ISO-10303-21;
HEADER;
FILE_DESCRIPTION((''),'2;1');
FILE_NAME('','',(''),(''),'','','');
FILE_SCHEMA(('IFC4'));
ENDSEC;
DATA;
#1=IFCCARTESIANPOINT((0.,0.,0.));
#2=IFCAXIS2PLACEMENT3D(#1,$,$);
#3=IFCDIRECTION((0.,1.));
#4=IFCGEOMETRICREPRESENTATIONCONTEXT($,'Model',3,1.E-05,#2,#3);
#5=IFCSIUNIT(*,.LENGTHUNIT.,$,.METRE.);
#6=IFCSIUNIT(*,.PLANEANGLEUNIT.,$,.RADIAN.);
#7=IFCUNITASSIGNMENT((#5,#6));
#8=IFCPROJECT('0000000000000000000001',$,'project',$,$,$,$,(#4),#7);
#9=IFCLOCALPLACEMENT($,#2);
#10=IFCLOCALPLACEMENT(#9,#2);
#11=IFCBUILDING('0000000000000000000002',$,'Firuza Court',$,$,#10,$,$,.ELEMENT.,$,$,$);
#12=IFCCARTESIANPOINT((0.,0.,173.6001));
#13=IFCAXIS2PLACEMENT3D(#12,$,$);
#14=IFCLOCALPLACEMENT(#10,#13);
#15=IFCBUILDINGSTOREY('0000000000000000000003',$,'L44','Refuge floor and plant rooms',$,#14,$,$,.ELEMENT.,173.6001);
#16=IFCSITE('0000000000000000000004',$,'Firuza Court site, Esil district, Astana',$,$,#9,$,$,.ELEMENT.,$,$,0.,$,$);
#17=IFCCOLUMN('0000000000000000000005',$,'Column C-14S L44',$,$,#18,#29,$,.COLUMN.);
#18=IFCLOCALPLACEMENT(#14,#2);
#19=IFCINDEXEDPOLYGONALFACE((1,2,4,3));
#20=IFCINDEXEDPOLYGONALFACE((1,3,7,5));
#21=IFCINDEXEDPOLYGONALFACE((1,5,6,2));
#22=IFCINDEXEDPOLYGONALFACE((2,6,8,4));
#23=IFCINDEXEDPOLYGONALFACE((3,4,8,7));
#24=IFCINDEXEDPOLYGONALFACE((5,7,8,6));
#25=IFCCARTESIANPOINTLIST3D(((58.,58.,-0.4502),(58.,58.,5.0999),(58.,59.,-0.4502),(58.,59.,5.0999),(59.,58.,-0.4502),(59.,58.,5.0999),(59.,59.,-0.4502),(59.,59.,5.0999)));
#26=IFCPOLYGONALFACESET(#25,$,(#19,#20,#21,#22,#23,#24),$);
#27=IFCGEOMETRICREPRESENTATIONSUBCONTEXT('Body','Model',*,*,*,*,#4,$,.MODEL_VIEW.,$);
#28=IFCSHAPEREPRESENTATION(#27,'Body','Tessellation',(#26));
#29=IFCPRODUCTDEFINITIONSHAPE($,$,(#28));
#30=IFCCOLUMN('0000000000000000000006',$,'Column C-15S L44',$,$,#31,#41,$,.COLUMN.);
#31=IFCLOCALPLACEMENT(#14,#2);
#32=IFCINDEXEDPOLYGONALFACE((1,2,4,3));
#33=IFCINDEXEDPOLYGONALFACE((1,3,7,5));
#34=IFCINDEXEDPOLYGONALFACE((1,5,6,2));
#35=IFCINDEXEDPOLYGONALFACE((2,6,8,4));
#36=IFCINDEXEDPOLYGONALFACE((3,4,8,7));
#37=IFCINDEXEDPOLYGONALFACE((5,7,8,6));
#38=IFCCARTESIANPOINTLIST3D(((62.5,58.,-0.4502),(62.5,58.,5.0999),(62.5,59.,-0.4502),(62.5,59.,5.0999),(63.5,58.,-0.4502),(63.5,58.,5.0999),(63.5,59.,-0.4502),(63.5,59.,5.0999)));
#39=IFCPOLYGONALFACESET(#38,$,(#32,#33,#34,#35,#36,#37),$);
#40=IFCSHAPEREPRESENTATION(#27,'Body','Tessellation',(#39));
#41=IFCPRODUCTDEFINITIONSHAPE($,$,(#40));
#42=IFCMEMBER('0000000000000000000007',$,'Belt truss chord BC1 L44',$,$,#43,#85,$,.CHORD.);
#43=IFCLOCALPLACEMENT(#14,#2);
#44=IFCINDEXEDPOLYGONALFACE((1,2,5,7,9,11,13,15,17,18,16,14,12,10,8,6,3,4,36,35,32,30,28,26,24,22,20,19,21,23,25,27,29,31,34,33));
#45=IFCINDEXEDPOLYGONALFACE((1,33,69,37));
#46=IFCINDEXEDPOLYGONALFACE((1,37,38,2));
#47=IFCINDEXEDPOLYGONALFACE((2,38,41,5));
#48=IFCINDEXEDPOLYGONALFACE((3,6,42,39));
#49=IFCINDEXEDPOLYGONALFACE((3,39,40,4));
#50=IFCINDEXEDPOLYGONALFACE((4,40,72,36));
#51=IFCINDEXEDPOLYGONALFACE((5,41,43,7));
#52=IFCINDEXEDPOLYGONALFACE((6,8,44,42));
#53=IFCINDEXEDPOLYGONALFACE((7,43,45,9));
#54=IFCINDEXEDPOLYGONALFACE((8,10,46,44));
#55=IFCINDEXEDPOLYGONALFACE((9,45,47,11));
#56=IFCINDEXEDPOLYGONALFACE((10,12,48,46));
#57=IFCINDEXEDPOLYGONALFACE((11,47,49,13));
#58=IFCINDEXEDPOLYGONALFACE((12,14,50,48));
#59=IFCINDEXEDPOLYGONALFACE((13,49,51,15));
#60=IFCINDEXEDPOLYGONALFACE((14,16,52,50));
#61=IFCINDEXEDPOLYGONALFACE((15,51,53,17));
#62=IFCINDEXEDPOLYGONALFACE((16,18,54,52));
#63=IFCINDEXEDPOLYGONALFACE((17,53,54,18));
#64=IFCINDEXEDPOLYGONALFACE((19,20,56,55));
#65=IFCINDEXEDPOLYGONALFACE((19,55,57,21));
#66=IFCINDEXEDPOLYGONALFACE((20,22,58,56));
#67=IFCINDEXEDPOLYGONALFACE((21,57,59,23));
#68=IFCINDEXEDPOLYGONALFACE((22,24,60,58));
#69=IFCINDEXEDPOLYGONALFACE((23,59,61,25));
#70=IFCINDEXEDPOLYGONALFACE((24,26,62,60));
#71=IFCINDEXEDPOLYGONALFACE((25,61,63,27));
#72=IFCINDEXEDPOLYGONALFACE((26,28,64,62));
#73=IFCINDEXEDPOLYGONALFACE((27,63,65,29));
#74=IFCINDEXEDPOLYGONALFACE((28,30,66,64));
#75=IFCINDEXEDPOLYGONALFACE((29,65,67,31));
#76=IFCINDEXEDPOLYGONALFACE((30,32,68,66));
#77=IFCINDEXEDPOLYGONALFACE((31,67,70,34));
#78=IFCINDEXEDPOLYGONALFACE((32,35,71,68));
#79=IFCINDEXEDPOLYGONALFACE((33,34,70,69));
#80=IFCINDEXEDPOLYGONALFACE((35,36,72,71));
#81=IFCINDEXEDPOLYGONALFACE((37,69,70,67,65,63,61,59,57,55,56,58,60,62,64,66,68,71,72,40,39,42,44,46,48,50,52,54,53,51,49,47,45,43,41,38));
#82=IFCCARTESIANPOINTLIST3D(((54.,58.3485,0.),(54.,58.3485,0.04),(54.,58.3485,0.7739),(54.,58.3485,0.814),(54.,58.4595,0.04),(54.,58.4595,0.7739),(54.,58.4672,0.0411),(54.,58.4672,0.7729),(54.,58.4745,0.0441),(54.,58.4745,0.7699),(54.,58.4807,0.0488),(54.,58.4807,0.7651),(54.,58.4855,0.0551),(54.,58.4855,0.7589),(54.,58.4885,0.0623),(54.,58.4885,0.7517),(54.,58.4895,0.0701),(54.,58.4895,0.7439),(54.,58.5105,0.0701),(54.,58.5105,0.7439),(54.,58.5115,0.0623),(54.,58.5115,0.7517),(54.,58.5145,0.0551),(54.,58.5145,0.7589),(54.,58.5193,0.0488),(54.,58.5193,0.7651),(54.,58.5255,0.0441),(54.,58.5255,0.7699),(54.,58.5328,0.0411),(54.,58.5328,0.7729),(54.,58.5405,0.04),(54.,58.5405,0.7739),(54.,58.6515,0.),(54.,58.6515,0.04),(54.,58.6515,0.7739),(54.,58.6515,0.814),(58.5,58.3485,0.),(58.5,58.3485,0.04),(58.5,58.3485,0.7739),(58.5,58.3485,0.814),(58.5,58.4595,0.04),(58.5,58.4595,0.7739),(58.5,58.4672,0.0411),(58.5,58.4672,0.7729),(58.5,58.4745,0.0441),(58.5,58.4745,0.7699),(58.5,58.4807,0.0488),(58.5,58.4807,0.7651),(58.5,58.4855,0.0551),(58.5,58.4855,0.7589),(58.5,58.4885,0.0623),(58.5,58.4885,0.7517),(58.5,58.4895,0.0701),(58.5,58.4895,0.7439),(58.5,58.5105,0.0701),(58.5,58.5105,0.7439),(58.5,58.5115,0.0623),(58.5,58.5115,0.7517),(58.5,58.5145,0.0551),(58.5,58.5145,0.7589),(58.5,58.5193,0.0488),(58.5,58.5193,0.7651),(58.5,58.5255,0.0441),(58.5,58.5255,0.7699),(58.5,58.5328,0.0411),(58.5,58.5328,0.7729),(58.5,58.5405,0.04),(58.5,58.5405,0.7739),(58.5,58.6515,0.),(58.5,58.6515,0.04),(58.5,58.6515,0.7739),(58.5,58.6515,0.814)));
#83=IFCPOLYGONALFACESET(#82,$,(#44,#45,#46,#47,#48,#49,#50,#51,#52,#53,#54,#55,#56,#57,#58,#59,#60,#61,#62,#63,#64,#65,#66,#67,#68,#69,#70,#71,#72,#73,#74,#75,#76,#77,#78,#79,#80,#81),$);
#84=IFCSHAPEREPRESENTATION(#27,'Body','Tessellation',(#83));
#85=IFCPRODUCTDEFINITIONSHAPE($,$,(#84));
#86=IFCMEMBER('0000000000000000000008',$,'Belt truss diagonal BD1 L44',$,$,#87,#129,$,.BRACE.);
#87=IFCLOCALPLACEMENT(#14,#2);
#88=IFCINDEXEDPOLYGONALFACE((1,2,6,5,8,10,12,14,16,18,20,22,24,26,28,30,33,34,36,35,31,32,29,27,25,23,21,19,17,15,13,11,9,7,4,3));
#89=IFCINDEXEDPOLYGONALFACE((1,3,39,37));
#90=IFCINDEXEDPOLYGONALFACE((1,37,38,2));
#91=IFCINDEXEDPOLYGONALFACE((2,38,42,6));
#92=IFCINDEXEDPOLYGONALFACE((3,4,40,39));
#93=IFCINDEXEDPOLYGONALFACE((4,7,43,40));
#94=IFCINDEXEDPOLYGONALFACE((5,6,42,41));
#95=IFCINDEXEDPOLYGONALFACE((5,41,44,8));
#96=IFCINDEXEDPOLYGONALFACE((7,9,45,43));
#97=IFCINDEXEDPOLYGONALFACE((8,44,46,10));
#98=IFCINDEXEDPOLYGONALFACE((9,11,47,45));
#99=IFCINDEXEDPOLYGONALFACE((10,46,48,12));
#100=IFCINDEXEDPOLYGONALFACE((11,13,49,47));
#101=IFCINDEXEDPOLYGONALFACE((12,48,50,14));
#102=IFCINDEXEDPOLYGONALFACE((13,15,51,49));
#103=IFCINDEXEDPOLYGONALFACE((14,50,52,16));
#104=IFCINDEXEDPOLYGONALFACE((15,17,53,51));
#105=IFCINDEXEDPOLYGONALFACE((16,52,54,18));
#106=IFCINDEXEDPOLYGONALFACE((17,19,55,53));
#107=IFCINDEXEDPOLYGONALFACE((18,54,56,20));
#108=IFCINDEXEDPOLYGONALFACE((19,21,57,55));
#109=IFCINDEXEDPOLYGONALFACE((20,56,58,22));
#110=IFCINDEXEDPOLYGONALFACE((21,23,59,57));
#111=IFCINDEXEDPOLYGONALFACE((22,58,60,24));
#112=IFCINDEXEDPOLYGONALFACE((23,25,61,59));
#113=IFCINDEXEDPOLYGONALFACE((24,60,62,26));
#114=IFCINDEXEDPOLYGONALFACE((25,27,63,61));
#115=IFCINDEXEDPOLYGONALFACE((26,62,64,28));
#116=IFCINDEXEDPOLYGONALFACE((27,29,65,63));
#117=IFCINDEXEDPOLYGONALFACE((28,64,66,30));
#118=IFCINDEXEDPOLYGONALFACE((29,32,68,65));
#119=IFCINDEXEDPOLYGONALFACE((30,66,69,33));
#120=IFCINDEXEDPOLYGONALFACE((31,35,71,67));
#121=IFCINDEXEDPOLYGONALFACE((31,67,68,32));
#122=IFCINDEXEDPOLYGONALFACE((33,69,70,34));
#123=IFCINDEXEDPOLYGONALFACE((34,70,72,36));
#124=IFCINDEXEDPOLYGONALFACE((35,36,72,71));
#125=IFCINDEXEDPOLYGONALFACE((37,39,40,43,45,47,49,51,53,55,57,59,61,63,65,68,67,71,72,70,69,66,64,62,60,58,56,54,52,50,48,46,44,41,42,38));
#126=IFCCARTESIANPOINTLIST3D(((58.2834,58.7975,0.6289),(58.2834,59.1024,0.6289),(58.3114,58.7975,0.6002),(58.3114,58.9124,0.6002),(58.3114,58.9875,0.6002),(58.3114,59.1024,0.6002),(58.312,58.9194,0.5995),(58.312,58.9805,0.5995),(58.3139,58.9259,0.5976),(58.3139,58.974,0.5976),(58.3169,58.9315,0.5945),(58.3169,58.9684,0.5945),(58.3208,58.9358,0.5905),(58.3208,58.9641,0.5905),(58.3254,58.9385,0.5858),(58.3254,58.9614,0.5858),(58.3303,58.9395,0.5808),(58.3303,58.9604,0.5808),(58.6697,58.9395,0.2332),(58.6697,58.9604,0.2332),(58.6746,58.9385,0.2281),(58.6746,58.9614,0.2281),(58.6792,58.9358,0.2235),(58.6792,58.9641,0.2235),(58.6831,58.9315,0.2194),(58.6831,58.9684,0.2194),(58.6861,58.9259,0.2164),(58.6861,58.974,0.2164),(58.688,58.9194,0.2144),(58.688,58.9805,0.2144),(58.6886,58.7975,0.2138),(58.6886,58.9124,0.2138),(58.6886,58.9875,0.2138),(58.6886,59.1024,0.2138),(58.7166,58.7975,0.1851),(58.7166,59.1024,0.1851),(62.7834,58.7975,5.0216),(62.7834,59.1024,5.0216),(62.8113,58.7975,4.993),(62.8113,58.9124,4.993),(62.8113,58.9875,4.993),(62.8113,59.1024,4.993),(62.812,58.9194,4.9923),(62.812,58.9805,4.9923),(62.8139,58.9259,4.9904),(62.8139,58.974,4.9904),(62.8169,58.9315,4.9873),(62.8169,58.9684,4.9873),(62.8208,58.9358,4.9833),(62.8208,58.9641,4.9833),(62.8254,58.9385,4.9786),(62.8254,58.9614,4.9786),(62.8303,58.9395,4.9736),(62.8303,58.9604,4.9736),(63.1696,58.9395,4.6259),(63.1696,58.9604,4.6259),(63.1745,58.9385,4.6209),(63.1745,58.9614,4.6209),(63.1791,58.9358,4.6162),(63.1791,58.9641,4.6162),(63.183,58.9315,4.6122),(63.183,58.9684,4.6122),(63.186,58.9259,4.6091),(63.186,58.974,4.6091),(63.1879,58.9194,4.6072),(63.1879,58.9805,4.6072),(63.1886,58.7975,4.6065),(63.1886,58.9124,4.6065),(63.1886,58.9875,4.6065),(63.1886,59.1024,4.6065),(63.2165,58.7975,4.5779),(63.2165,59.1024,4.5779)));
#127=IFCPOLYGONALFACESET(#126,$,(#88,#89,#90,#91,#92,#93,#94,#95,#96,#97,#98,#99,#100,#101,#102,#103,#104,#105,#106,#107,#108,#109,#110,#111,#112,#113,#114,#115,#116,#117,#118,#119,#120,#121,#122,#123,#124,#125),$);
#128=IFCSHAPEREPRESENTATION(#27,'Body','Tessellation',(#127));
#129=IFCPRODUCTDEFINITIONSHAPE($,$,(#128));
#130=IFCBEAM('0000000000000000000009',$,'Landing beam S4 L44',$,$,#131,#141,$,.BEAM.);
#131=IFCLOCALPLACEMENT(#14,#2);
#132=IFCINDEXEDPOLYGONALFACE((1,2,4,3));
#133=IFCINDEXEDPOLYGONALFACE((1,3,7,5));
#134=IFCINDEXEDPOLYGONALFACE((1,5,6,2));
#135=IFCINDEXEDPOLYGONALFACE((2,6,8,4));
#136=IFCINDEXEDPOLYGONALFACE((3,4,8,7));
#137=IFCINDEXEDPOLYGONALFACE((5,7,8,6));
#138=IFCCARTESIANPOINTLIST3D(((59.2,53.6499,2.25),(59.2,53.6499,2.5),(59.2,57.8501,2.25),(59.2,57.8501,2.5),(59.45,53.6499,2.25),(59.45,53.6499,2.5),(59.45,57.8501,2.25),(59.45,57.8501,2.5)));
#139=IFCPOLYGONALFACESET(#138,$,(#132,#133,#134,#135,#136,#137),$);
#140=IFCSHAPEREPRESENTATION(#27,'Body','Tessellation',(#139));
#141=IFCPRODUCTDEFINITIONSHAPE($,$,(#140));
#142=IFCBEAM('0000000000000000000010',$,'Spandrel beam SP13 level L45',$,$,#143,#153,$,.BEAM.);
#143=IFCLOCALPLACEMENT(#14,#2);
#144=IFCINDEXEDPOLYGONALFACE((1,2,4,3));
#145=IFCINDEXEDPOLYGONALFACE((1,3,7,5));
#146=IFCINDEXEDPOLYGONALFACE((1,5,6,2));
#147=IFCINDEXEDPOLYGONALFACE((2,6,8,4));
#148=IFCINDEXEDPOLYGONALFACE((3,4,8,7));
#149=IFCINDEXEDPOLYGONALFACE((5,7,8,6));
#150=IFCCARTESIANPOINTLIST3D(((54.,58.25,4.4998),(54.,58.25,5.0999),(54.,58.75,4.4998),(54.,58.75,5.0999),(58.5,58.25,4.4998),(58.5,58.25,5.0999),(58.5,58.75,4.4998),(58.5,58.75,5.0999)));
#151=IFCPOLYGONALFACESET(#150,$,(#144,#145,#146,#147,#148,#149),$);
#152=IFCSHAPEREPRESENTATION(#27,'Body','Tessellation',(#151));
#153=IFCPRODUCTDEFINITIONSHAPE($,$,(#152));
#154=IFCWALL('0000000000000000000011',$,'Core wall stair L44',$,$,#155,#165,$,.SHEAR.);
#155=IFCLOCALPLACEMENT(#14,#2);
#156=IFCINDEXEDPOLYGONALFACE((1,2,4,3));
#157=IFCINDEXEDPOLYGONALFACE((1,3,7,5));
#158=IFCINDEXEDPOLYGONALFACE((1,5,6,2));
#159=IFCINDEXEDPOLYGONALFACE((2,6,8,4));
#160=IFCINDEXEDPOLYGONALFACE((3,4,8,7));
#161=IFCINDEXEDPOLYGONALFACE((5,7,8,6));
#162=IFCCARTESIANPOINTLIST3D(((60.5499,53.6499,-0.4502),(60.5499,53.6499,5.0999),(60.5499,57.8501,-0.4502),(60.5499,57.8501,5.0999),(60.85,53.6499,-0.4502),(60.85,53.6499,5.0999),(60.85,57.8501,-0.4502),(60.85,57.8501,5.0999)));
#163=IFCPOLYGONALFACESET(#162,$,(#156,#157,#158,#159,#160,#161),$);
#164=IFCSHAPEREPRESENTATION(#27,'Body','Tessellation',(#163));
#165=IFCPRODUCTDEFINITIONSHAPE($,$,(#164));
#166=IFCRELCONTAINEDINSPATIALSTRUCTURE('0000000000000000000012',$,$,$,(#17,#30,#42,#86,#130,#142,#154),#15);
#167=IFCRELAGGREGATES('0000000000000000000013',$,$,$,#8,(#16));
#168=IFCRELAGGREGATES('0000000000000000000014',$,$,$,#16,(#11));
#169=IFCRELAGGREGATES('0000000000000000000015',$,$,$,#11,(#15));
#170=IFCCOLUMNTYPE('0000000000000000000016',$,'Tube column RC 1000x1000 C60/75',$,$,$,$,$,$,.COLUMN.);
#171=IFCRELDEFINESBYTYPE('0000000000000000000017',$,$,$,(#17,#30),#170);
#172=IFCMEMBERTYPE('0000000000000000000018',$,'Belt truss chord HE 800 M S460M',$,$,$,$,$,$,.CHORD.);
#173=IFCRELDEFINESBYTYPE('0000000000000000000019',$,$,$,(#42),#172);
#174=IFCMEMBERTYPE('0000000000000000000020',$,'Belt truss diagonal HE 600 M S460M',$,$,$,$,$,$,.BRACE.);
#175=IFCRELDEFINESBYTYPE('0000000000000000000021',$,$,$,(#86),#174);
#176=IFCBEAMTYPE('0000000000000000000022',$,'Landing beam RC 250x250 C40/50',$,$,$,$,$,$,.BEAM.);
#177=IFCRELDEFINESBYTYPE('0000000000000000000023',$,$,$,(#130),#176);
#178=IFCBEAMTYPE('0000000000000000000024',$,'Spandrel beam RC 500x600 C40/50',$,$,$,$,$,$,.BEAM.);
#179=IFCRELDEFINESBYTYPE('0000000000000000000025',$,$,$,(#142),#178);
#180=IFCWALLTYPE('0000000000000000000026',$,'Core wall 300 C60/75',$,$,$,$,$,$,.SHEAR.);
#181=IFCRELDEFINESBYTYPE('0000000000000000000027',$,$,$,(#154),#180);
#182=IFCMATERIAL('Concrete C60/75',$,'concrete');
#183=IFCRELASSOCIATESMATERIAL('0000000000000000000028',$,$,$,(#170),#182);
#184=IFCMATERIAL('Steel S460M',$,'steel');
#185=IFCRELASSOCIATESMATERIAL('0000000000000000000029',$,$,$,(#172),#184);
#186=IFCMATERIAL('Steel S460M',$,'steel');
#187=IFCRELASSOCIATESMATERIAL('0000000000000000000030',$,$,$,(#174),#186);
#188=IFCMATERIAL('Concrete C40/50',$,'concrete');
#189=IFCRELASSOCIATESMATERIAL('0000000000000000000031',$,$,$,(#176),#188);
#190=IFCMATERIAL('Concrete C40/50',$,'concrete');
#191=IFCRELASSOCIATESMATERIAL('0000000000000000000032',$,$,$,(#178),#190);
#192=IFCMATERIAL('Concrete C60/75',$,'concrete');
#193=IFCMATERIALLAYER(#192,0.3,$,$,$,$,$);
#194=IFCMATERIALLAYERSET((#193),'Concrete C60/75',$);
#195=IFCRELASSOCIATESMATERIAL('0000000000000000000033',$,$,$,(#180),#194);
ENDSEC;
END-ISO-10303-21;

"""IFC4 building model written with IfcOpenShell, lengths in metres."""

from ifc_helpers import new_model, si_unit, direction, frame, frame_2d, origin, origin_2d, place, context, subcontext, project, spatial, rectangle, i_section, extrude, material, layer, layer_set, material_profile, profile_set, type_object, element, save


model = new_model("IFC4")

# Units and contexts
model_context = context("Model", 3, precision=1e-05, world=origin(), true_north=direction((0.0, 1.0)))
body_context = subcontext(model_context, "Body", "Model", "MODEL_VIEW")
ifc_project = project(units=[si_unit("LENGTHUNIT", "METRE"), si_unit("PLANEANGLEUNIT", "RADIAN")], contexts=[model_context])

# Site, building, storey
site_placement = place(None, origin())
site = spatial("IfcSite", under=ifc_project, at=site_placement, Name="Firuza Court site, Esil district, Astana", CompositionType="ELEMENT", RefElevation=0.0)
building_placement = place(site_placement, origin())
building = spatial("IfcBuilding", under=site, at=building_placement, Name="Firuza Court", CompositionType="ELEMENT")
storey_placement = place(building_placement, frame((0.0, 0.0, 173.6001)))
storey = spatial("IfcBuildingStorey", under=building, at=storey_placement, Name="L44", Description="Refuge floor and plant rooms", CompositionType="ELEMENT", Elevation=173.6001)

# Columns
ifc_material_1 = material(Name="Concrete C60/75", Category="concrete")
ifc_material_profile_1 = material_profile(ifc_material_1, rectangle(XDim=1.0, YDim=1.0, at=origin_2d()), Name="RC 1000x1000")
ifc_profile_set_1 = profile_set([ifc_material_profile_1], Name="Concrete C60/75")
column_type = type_object("IfcColumnType", Name="Tube column RC 1000x1000 C60/75", PredefinedType="COLUMN", material=ifc_profile_set_1)
for number, where, z_axis, x_axis, name in (
    (1, (58.5, 58.5, -0.4502), (0.0, 0.0, 1.0), (1.0, 0.0, 0.0), "Column C-14S L44"),
    (2, (63.0, 58.5, -0.4502), (0.0, 0.0, 1.0), (1.0, 0.0, 0.0), "Column C-15S L44"),
):
    element("IfcColumn", number, at=place(storey_placement, frame(where, z_axis=z_axis, x_axis=x_axis)), inside=storey, type_object=column_type, Name=name, PredefinedType="COLUMN", context=body_context, shape_type="SweptSolid", body=[
        extrude(rectangle(XDim=1.0, YDim=1.0, at=origin_2d()), origin(), (0.0, 0.0, 1.0), 5.55),
    ])

# Members
ifc_material_2 = material(Name="Steel S460M", Category="steel")
ifc_material_profile_2 = material_profile(ifc_material_2, i_section(OverallWidth=0.303, OverallDepth=0.814, WebThickness=0.021, FlangeThickness=0.04, FilletRadius=0.03, at=origin_2d()), Name="HE 800 M")
ifc_profile_set_2 = profile_set([ifc_material_profile_2], Name="Steel S460M")
member_type_1 = type_object("IfcMemberType", Name="Belt truss chord HE 800 M S460M", PredefinedType="CHORD", material=ifc_profile_set_2)
member_1_placement = place(storey_placement, frame((58.5, 58.5, 0.407), z_axis=(-1.0, 0.0, 0.0), x_axis=(0.0, -1.0, 0.0)))
element("IfcMember", 3, at=member_1_placement, inside=storey, type_object=member_type_1, Name="Belt truss chord BC1 L44", PredefinedType="CHORD", context=body_context, shape_type="SweptSolid", body=[
    extrude(i_section(OverallWidth=0.303, OverallDepth=0.814, WebThickness=0.021, FlangeThickness=0.04, FilletRadius=0.03, at=origin_2d()), origin(), (0.0, 0.0, 1.0), 4.5),
])
ifc_material_3 = material(Name="Steel S460M", Category="steel")
ifc_material_profile_3 = material_profile(ifc_material_3, i_section(OverallWidth=0.3049, OverallDepth=0.6201, WebThickness=0.021, FlangeThickness=0.04, FilletRadius=0.0271, at=origin_2d()), Name="HE 600 M")
ifc_profile_set_3 = profile_set([ifc_material_profile_3], Name="Steel S460M")
member_type_2 = type_object("IfcMemberType", Name="Belt truss diagonal HE 600 M S460M", PredefinedType="BRACE", material=ifc_profile_set_3)
member_2_placement = place(storey_placement, frame((58.5, 58.95, 0.407), z_axis=(0.715577, 0.0, 0.698534), x_axis=(0.0, 1.0, 0.0)))
element("IfcMember", 4, at=member_2_placement, inside=storey, type_object=member_type_2, Name="Belt truss diagonal BD1 L44", PredefinedType="BRACE", context=body_context, shape_type="SweptSolid", body=[
    extrude(i_section(OverallWidth=0.3049, OverallDepth=0.6201, WebThickness=0.021, FlangeThickness=0.04, FilletRadius=0.0271, at=origin_2d()), origin(), (0.0, 0.0, 1.0), 6.2886),
])

# Beams
ifc_material_4 = material(Name="Concrete C40/50", Category="concrete")
ifc_material_profile_4 = material_profile(ifc_material_4, rectangle(XDim=0.25, YDim=0.25, at=origin_2d()), Name="RC 250x250")
ifc_profile_set_4 = profile_set([ifc_material_profile_4], Name="Concrete C40/50")
beam_type_1 = type_object("IfcBeamType", Name="Landing beam RC 250x250 C40/50", PredefinedType="BEAM", material=ifc_profile_set_4)
beam_1_placement = place(storey_placement, frame((59.325, 53.6499, 2.375), z_axis=(0.0, 1.0, 0.0), x_axis=(-1.0, 0.0, 0.0)))
element("IfcBeam", 5, at=beam_1_placement, inside=storey, type_object=beam_type_1, Name="Landing beam S4 L44", PredefinedType="BEAM", context=body_context, shape_type="SweptSolid", body=[
    extrude(rectangle(XDim=0.25, YDim=0.25, at=origin_2d()), origin(), (0.0, 0.0, 1.0), 4.2002),
])
ifc_material_5 = material(Name="Concrete C40/50", Category="concrete")
ifc_material_profile_5 = material_profile(ifc_material_5, rectangle(XDim=0.5, YDim=0.6001, at=origin_2d()), Name="RC 500x600")
ifc_profile_set_5 = profile_set([ifc_material_profile_5], Name="Concrete C40/50")
beam_type_2 = type_object("IfcBeamType", Name="Spandrel beam RC 500x600 C40/50", PredefinedType="BEAM", material=ifc_profile_set_5)
beam_2_placement = place(storey_placement, frame((58.5, 58.5, 4.7998), z_axis=(-1.0, 0.0, 0.0), x_axis=(0.0, -1.0, 0.0)))
element("IfcBeam", 6, at=beam_2_placement, inside=storey, type_object=beam_type_2, Name="Spandrel beam SP13 level L45", PredefinedType="BEAM", context=body_context, shape_type="SweptSolid", body=[
    extrude(rectangle(XDim=0.5, YDim=0.6001, at=origin_2d()), origin(), (0.0, 0.0, 1.0), 4.5),
])

# Wall
ifc_material_6 = material(Name="Concrete C60/75", Category="concrete")
ifc_layer_1 = layer(ifc_material_6, 0.3)
ifc_layer_set_1 = layer_set([ifc_layer_1], Name="Concrete C60/75")
wall_type_1 = type_object("IfcWallType", Name="Core wall 300 C60/75", PredefinedType="SHEAR", material=ifc_layer_set_1)
wall_1_placement = place(storey_placement, frame((60.7, 53.6499, -0.4502), z_axis=(0.0, 0.0, 1.0), x_axis=(0.0, 1.0, 0.0)))
element("IfcWall", 7, at=wall_1_placement, inside=storey, type_object=wall_type_1, Name="Core wall stair L44", PredefinedType="SHEAR", context=body_context, shape_type="SweptSolid", body=[
    extrude(rectangle(XDim=4.2002, YDim=0.3, at=frame_2d((2.1001, 0.0))), origin(), (0.0, 0.0, 1.0), 5.55),
])

save(model, "model.ifc")
